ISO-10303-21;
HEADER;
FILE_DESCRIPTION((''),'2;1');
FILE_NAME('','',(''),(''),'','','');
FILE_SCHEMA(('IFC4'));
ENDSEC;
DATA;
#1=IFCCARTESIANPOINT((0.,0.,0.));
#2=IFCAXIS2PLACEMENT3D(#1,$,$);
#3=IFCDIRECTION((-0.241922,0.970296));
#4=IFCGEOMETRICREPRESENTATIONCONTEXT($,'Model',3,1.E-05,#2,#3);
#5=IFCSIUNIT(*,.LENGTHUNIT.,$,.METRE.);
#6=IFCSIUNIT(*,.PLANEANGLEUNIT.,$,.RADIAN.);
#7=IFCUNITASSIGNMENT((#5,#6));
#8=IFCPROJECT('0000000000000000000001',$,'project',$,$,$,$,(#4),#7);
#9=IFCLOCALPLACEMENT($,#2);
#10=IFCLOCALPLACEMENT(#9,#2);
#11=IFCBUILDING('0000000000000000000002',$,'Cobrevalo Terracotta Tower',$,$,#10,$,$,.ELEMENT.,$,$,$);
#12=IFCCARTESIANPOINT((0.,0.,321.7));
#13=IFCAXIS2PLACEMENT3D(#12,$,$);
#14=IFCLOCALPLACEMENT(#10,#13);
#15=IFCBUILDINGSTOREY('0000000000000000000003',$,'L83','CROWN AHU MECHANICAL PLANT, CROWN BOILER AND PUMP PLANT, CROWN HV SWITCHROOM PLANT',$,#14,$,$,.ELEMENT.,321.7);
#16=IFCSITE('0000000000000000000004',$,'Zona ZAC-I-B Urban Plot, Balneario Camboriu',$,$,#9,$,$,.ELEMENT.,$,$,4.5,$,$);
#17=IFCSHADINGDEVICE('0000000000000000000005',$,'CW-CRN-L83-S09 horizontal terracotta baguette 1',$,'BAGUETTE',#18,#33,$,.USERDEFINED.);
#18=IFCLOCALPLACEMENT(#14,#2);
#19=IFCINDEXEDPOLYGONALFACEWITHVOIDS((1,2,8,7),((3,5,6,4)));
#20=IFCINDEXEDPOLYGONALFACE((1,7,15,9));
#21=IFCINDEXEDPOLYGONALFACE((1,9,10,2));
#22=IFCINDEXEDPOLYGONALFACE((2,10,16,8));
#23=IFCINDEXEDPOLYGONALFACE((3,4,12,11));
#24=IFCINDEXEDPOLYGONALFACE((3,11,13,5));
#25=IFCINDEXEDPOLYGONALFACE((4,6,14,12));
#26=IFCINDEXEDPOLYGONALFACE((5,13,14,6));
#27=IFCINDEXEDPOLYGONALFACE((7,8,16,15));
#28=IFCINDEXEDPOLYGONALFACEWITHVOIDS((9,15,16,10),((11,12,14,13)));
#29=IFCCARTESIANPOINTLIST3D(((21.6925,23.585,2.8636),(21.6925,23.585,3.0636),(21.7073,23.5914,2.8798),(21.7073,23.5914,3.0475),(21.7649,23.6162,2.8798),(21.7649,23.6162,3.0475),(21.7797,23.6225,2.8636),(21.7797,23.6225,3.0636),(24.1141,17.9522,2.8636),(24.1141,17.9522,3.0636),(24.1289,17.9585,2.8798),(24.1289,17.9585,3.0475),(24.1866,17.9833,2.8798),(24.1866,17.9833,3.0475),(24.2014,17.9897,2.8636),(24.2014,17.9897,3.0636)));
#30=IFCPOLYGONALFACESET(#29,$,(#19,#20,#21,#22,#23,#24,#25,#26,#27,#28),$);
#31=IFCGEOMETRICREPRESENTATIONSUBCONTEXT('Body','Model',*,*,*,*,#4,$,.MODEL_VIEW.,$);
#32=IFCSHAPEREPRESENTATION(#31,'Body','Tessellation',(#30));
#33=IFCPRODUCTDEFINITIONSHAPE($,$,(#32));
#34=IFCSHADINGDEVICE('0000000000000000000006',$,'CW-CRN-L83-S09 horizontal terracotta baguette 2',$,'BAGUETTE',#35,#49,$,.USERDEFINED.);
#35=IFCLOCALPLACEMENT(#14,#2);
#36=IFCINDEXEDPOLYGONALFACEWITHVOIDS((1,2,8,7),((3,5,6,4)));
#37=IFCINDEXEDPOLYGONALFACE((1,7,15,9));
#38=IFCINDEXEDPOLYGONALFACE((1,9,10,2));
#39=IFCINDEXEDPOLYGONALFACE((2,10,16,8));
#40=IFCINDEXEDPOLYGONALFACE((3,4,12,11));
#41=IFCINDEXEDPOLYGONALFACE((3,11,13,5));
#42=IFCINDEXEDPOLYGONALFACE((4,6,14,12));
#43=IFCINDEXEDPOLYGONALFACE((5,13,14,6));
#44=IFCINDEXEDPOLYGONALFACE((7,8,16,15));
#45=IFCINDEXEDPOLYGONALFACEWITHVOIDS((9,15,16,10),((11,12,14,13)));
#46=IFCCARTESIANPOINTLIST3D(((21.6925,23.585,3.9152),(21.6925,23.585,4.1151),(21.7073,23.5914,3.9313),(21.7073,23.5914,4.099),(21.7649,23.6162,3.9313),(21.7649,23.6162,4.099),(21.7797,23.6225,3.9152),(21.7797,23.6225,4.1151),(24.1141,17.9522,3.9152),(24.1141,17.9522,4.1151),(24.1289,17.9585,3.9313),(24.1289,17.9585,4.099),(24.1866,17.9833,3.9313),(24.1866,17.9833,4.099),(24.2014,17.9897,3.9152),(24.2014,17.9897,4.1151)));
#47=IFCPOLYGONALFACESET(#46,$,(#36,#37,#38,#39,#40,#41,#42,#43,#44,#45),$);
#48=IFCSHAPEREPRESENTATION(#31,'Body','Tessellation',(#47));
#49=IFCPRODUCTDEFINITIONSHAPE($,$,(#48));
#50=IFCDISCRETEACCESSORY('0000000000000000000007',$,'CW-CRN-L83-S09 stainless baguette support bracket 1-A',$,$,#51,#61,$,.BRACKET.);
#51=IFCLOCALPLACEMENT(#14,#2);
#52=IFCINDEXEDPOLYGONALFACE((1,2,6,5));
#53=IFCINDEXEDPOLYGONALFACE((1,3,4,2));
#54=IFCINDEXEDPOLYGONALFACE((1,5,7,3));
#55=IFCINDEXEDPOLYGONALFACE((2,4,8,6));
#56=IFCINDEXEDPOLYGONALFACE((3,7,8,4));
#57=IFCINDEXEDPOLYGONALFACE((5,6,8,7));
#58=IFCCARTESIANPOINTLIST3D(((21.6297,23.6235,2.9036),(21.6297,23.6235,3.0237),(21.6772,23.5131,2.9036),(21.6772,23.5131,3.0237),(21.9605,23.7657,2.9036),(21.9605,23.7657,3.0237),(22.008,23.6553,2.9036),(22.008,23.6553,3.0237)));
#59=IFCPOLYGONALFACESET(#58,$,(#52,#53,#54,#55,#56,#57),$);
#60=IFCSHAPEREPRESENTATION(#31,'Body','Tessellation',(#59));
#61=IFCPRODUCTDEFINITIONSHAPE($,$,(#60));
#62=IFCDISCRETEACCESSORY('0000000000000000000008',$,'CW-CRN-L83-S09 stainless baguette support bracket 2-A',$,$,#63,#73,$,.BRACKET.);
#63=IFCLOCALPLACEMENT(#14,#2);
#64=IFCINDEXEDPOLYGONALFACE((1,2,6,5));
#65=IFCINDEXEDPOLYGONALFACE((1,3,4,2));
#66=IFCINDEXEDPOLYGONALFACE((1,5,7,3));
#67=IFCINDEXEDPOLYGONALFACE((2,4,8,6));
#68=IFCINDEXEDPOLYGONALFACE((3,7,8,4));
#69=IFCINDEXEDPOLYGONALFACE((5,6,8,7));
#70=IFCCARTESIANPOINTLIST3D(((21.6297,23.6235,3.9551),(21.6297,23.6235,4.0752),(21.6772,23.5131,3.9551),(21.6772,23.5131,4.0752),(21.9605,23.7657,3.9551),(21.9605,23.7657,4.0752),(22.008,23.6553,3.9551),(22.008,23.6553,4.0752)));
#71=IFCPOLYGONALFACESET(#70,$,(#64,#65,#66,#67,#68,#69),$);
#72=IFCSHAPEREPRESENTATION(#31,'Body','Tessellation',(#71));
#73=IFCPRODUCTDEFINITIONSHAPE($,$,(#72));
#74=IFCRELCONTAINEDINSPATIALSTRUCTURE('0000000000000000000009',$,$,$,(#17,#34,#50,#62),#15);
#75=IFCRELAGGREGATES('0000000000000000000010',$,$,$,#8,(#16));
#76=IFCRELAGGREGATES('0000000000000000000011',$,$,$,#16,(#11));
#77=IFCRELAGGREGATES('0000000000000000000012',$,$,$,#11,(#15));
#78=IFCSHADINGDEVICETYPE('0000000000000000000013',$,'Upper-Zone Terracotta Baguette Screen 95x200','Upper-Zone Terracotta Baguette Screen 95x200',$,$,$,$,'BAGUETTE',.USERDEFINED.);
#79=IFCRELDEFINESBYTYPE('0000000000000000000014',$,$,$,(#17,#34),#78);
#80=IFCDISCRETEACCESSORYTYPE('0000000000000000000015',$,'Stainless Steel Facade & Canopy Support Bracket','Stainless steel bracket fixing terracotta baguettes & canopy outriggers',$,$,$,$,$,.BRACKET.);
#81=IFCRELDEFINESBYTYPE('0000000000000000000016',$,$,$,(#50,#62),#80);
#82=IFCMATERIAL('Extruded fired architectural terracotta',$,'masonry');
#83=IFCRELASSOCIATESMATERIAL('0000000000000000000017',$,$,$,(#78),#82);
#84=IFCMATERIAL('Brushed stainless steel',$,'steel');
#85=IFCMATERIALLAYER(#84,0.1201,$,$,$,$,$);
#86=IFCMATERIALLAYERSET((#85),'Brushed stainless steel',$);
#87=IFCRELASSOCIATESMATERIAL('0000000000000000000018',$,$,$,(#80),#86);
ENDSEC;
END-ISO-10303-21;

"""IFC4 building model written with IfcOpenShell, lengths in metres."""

from ifc_helpers import new_model, si_unit, direction, frame, origin, origin_2d, place, context, subcontext, project, spatial, rectangle, hollow_rectangle, extrude, source, transform, mapped, material, layer, layer_set, material_profile, profile_set, type_object, element, save


model = new_model("IFC4")

# Units and contexts
model_context = context("Model", 3, precision=1e-05, world=origin(), true_north=direction((-0.241922, 0.970296)))
body_context = subcontext(model_context, "Body", "Model", "MODEL_VIEW")
ifc_project = project(units=[si_unit("LENGTHUNIT", "METRE"), si_unit("PLANEANGLEUNIT", "RADIAN")], contexts=[model_context])

# Site, building, storey
site_placement = place(None, origin())
site = spatial("IfcSite", under=ifc_project, at=site_placement, Name="Zona ZAC-I-B Urban Plot, Balneario Camboriu", CompositionType="ELEMENT", RefElevation=4.5)
building_placement = place(site_placement, origin())
building = spatial("IfcBuilding", under=site, at=building_placement, Name="Cobrevalo Terracotta Tower", CompositionType="ELEMENT")
storey_placement = place(building_placement, frame((0.0, 0.0, 321.7)))
storey = spatial("IfcBuildingStorey", under=building, at=storey_placement, Name="L83", Description="CROWN AHU MECHANICAL PLANT, CROWN BOILER AND PUMP PLANT, CROWN HV SWITCHROOM PLANT", CompositionType="ELEMENT", Elevation=321.7)

# Shading devices
ifc_material_1 = material(Name="Extruded fired architectural terracotta", Category="masonry")
ifc_material_profile_1 = material_profile(ifc_material_1, hollow_rectangle(XDim=0.095, YDim=0.2, WallThickness=0.0161, at=origin_2d()), Name="BAGUETTE 95x200")
ifc_profile_set_1 = profile_set([ifc_material_profile_1], Name="Extruded fired architectural terracotta")
shading_device_type = type_object("IfcShadingDeviceType", Name="Upper-Zone Terracotta Baguette Screen 95x200", Description="Upper-Zone Terracotta Baguette Screen 95x200", ElementType="BAGUETTE", PredefinedType="USERDEFINED", material=ifc_profile_set_1)
shared_shape_1 = source(origin(), body_context, "Body", "SweptSolid", [
    extrude(hollow_rectangle(XDim=0.095, YDim=0.2, WallThickness=0.0161, at=origin_2d()), origin(), (0.0, 0.0, 1.0), 6.1313),
])
for number, where, z_axis, x_axis, name in (
    (1, (21.7361, 23.6038, 2.9636), (0.394962, -0.918698, 0.0), (0.918698, 0.394962, 0.0), "CW-CRN-L83-S09 horizontal terracotta baguette 1"),
    (2, (21.7361, 23.6038, 4.0151), (0.394962, -0.918698, 0.0), (0.918698, 0.394962, 0.0), "CW-CRN-L83-S09 horizontal terracotta baguette 2"),
):
    element("IfcShadingDevice", number, at=place(storey_placement, frame(where, z_axis=z_axis, x_axis=x_axis)), inside=storey, type_object=shading_device_type, Name=name, ObjectType="BAGUETTE", PredefinedType="USERDEFINED", context=body_context, shape_type="MappedRepresentation", body=[
        mapped(shared_shape_1, transform((0.0, 0.0, 0.0), scale=1.0)),
    ])

# Discrete accessories
ifc_material_2 = material(Name="Brushed stainless steel", Category="steel")
ifc_layer_1 = layer(ifc_material_2, 0.1201)
ifc_layer_set_1 = layer_set([ifc_layer_1], Name="Brushed stainless steel")
discrete_accessory_type = type_object("IfcDiscreteAccessoryType", Name="Stainless Steel Facade & Canopy Support Bracket", Description="Stainless steel bracket fixing terracotta baguettes & canopy outriggers", PredefinedType="BRACKET", material=ifc_layer_set_1)
shared_shape_2 = source(origin(), body_context, "Body", "SweptSolid", [
    extrude(rectangle(XDim=0.1201, YDim=0.3601, at=origin_2d()), origin(), (0.0, 0.0, 1.0), 0.1201),
])
for number, where, z_axis, x_axis, name in (
    (3, (21.8188, 23.6394, 2.9036), (0.0, 0.0, 1.0), (0.39496, -0.918698, 0.0), "CW-CRN-L83-S09 stainless baguette support bracket 1-A"),
    (4, (21.8188, 23.6394, 3.9551), (0.0, 0.0, 1.0), (0.39496, -0.918698, 0.0), "CW-CRN-L83-S09 stainless baguette support bracket 2-A"),
):
    element("IfcDiscreteAccessory", number, at=place(storey_placement, frame(where, z_axis=z_axis, x_axis=x_axis)), inside=storey, type_object=discrete_accessory_type, Name=name, PredefinedType="BRACKET", context=body_context, shape_type="MappedRepresentation", body=[
        mapped(shared_shape_2, transform((0.0, 0.0, 0.0), scale=1.0)),
    ])

save(model, "model.ifc")
